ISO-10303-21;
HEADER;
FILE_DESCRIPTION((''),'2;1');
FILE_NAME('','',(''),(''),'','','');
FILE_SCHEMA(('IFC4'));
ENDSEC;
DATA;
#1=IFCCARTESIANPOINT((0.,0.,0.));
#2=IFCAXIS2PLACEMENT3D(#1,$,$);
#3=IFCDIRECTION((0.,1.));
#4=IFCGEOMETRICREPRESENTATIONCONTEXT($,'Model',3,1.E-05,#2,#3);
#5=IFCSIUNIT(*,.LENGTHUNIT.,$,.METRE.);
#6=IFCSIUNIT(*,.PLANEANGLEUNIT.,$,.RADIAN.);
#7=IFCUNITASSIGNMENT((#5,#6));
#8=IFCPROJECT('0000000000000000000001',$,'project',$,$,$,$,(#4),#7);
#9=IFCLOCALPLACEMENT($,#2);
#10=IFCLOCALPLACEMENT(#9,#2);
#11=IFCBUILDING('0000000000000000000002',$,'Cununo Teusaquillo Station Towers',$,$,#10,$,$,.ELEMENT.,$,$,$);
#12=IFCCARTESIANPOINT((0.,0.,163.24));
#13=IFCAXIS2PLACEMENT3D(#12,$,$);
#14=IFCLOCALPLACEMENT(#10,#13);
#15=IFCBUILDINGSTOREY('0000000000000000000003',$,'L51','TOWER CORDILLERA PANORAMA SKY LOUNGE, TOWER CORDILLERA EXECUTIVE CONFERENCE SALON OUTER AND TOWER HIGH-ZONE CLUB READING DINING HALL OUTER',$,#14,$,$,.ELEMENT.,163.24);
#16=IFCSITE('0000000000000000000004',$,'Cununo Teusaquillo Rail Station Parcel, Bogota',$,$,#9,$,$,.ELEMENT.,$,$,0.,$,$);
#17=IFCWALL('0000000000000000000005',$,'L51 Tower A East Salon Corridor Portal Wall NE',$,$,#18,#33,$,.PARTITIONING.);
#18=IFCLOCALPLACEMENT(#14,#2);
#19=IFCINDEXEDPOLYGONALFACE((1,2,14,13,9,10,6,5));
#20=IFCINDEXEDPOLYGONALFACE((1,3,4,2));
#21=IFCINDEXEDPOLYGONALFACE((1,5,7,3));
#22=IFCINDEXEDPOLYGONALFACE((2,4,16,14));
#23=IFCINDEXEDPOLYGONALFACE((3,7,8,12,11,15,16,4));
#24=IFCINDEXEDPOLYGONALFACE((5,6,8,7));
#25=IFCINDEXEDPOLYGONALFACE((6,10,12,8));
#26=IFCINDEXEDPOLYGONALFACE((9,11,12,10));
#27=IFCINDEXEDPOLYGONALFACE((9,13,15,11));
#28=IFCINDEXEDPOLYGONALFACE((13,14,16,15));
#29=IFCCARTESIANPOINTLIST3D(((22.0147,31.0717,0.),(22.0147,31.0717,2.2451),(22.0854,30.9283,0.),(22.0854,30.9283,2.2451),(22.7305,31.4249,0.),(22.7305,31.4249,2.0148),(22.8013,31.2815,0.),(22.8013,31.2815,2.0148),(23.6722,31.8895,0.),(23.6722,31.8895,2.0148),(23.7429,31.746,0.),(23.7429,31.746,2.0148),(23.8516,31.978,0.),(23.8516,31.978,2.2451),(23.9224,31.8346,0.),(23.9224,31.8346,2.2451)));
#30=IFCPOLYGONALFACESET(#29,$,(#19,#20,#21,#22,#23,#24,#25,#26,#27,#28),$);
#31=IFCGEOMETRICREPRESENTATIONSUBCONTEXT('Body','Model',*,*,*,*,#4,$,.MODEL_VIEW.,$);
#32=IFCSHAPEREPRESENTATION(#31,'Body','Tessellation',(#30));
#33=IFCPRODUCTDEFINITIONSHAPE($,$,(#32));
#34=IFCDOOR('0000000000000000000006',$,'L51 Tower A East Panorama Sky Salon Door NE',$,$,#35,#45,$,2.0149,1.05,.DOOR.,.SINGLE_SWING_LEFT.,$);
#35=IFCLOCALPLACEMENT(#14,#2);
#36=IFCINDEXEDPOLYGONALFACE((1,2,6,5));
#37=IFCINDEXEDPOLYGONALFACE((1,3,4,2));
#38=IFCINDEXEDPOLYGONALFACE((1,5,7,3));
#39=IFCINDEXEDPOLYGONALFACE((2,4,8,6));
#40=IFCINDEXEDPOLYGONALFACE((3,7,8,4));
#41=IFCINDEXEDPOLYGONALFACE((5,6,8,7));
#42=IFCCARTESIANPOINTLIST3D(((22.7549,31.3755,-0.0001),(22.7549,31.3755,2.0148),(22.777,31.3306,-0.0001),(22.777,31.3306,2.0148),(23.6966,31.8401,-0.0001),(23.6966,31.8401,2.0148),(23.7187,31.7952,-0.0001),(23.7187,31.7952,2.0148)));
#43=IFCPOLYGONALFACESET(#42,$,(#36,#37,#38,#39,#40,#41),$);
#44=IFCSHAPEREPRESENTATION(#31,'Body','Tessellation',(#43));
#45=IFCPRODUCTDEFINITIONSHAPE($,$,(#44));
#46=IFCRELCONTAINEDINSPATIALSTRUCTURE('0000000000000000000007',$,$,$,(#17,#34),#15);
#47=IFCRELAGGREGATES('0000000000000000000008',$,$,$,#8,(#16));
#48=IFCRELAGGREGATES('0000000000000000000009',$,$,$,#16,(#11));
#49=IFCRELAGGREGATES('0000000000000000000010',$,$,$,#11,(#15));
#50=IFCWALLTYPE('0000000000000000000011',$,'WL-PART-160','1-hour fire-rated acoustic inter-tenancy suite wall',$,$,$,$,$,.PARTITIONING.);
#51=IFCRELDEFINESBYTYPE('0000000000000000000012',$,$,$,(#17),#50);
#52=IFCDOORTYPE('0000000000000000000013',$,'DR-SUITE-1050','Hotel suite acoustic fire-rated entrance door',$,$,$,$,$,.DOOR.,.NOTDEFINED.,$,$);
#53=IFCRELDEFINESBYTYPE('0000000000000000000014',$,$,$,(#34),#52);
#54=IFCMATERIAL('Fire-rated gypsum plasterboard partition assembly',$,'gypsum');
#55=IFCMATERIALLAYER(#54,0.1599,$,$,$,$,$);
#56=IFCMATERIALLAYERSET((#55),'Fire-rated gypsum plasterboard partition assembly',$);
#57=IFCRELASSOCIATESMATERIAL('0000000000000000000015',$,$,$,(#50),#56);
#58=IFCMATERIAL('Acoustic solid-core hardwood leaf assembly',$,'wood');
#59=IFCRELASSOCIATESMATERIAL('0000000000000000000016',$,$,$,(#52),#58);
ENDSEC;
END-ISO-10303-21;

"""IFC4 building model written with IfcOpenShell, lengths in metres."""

from ifc_helpers import new_model, si_unit, direction, frame, frame_2d, origin, place, context, subcontext, project, spatial, rectangle, extrude, source, transform, mapped, material, layer, layer_set, type_object, element, fill, save


model = new_model("IFC4")

# Units and contexts
model_context = context("Model", 3, precision=1e-05, world=origin(), true_north=direction((0.0, 1.0)))
body_context = subcontext(model_context, "Body", "Model", "MODEL_VIEW")
ifc_project = project(units=[si_unit("LENGTHUNIT", "METRE"), si_unit("PLANEANGLEUNIT", "RADIAN")], contexts=[model_context])

# Site, building, storey
site_placement = place(None, origin())
site = spatial("IfcSite", under=ifc_project, at=site_placement, Name="Cununo Teusaquillo Rail Station Parcel, Bogota", CompositionType="ELEMENT", RefElevation=0.0)
building_placement = place(site_placement, origin())
building = spatial("IfcBuilding", under=site, at=building_placement, Name="Cununo Teusaquillo Station Towers", CompositionType="ELEMENT")
storey_placement = place(building_placement, frame((0.0, 0.0, 163.24)))
storey = spatial("IfcBuildingStorey", under=building, at=storey_placement, Name="L51", Description="TOWER CORDILLERA PANORAMA SKY LOUNGE, TOWER CORDILLERA EXECUTIVE CONFERENCE SALON OUTER AND TOWER HIGH-ZONE CLUB READING DINING HALL OUTER", CompositionType="ELEMENT", Elevation=163.24)

# Shared definitions
ifc_material_1 = material(Name="Fire-rated gypsum plasterboard partition assembly", Category="gypsum")
ifc_layer_1 = layer(ifc_material_1, 0.1599)
ifc_layer_set_1 = layer_set([ifc_layer_1], Name="Fire-rated gypsum plasterboard partition assembly")
wall_type_1 = type_object("IfcWallType", Name="WL-PART-160", Description="1-hour fire-rated acoustic inter-tenancy suite wall", PredefinedType="PARTITIONING", material=ifc_layer_set_1)

# Wall, opening, door
wall_1_placement = place(storey_placement, frame((22.05, 31.0, 0.0), z_axis=(0.0, 0.0, 1.0), x_axis=(0.896798, 0.44244, 0.0)))
wall_1 = element("IfcWall", 1, at=wall_1_placement, inside=storey, type_object=wall_type_1, Name="L51 Tower A East Salon Corridor Portal Wall NE", PredefinedType="PARTITIONING", context=body_context, shape_type="SweptSolid", body=[
    extrude(rectangle(XDim=2.0483, YDim=0.1599, at=frame_2d((1.0242, 0.0))), origin(), (0.0, 0.0, 1.0), 2.2451),
])
shared_shape_1 = source(origin(), body_context, "Body", "SweptSolid", [
    extrude(rectangle(XDim=1.05, YDim=2.0149, at=frame_2d((0.5249, 1.0073))), frame((0.0, 0.0898, 0.0), z_axis=(0.0, -1.0, 0.0), x_axis=(1.0, 0.0, 0.0)), (0.0, 0.0, 1.0), 0.1799),
])
opening_1_placement = place(wall_1_placement, frame((0.7983, 0.0, 0.0)))
opening_1 = element("IfcOpeningElement", 2, at=opening_1_placement, cuts=wall_1, PredefinedType="OPENING", context=body_context, shape_type="MappedRepresentation", body=[
    mapped(shared_shape_1, transform((0.0, 0.0, 0.0), x_axis=(1.0, 0.0, 0.0), y_axis=(0.0, 1.0, 0.0), z_axis=(0.0, 0.0, 1.0), scale=1.0)),
])
ifc_material_2 = material(Name="Acoustic solid-core hardwood leaf assembly", Category="wood")
door_type_1 = type_object("IfcDoorType", Name="DR-SUITE-1050", Description="Hotel suite acoustic fire-rated entrance door", OperationType="NOTDEFINED", PredefinedType="DOOR", material=ifc_material_2)
shared_shape_2 = source(origin(), body_context, "Body", "SweptSolid", [
    extrude(rectangle(XDim=1.05, YDim=2.0149, at=frame_2d((0.5249, 1.0073))), frame((0.0, 0.0249, 0.0), z_axis=(0.0, -1.0, 0.0), x_axis=(1.0, 0.0, 0.0)), (0.0, 0.0, 1.0), 0.05),
])
door_1_placement = place(opening_1_placement, origin())
door_1 = element("IfcDoor", 3, at=door_1_placement, inside=storey, type_object=door_type_1, Name="L51 Tower A East Panorama Sky Salon Door NE", OperationType="SINGLE_SWING_LEFT", OverallHeight=2.0149, OverallWidth=1.05, PredefinedType="DOOR", context=body_context, shape_type="MappedRepresentation", body=[
    mapped(shared_shape_2, transform((0.0, 0.0, 0.0), x_axis=(1.0, 0.0, 0.0), y_axis=(0.0, 1.0, 0.0), z_axis=(0.0, 0.0, 1.0), scale=1.0)),
])
fill(opening_1, door_1)

save(model, "model.ifc")
